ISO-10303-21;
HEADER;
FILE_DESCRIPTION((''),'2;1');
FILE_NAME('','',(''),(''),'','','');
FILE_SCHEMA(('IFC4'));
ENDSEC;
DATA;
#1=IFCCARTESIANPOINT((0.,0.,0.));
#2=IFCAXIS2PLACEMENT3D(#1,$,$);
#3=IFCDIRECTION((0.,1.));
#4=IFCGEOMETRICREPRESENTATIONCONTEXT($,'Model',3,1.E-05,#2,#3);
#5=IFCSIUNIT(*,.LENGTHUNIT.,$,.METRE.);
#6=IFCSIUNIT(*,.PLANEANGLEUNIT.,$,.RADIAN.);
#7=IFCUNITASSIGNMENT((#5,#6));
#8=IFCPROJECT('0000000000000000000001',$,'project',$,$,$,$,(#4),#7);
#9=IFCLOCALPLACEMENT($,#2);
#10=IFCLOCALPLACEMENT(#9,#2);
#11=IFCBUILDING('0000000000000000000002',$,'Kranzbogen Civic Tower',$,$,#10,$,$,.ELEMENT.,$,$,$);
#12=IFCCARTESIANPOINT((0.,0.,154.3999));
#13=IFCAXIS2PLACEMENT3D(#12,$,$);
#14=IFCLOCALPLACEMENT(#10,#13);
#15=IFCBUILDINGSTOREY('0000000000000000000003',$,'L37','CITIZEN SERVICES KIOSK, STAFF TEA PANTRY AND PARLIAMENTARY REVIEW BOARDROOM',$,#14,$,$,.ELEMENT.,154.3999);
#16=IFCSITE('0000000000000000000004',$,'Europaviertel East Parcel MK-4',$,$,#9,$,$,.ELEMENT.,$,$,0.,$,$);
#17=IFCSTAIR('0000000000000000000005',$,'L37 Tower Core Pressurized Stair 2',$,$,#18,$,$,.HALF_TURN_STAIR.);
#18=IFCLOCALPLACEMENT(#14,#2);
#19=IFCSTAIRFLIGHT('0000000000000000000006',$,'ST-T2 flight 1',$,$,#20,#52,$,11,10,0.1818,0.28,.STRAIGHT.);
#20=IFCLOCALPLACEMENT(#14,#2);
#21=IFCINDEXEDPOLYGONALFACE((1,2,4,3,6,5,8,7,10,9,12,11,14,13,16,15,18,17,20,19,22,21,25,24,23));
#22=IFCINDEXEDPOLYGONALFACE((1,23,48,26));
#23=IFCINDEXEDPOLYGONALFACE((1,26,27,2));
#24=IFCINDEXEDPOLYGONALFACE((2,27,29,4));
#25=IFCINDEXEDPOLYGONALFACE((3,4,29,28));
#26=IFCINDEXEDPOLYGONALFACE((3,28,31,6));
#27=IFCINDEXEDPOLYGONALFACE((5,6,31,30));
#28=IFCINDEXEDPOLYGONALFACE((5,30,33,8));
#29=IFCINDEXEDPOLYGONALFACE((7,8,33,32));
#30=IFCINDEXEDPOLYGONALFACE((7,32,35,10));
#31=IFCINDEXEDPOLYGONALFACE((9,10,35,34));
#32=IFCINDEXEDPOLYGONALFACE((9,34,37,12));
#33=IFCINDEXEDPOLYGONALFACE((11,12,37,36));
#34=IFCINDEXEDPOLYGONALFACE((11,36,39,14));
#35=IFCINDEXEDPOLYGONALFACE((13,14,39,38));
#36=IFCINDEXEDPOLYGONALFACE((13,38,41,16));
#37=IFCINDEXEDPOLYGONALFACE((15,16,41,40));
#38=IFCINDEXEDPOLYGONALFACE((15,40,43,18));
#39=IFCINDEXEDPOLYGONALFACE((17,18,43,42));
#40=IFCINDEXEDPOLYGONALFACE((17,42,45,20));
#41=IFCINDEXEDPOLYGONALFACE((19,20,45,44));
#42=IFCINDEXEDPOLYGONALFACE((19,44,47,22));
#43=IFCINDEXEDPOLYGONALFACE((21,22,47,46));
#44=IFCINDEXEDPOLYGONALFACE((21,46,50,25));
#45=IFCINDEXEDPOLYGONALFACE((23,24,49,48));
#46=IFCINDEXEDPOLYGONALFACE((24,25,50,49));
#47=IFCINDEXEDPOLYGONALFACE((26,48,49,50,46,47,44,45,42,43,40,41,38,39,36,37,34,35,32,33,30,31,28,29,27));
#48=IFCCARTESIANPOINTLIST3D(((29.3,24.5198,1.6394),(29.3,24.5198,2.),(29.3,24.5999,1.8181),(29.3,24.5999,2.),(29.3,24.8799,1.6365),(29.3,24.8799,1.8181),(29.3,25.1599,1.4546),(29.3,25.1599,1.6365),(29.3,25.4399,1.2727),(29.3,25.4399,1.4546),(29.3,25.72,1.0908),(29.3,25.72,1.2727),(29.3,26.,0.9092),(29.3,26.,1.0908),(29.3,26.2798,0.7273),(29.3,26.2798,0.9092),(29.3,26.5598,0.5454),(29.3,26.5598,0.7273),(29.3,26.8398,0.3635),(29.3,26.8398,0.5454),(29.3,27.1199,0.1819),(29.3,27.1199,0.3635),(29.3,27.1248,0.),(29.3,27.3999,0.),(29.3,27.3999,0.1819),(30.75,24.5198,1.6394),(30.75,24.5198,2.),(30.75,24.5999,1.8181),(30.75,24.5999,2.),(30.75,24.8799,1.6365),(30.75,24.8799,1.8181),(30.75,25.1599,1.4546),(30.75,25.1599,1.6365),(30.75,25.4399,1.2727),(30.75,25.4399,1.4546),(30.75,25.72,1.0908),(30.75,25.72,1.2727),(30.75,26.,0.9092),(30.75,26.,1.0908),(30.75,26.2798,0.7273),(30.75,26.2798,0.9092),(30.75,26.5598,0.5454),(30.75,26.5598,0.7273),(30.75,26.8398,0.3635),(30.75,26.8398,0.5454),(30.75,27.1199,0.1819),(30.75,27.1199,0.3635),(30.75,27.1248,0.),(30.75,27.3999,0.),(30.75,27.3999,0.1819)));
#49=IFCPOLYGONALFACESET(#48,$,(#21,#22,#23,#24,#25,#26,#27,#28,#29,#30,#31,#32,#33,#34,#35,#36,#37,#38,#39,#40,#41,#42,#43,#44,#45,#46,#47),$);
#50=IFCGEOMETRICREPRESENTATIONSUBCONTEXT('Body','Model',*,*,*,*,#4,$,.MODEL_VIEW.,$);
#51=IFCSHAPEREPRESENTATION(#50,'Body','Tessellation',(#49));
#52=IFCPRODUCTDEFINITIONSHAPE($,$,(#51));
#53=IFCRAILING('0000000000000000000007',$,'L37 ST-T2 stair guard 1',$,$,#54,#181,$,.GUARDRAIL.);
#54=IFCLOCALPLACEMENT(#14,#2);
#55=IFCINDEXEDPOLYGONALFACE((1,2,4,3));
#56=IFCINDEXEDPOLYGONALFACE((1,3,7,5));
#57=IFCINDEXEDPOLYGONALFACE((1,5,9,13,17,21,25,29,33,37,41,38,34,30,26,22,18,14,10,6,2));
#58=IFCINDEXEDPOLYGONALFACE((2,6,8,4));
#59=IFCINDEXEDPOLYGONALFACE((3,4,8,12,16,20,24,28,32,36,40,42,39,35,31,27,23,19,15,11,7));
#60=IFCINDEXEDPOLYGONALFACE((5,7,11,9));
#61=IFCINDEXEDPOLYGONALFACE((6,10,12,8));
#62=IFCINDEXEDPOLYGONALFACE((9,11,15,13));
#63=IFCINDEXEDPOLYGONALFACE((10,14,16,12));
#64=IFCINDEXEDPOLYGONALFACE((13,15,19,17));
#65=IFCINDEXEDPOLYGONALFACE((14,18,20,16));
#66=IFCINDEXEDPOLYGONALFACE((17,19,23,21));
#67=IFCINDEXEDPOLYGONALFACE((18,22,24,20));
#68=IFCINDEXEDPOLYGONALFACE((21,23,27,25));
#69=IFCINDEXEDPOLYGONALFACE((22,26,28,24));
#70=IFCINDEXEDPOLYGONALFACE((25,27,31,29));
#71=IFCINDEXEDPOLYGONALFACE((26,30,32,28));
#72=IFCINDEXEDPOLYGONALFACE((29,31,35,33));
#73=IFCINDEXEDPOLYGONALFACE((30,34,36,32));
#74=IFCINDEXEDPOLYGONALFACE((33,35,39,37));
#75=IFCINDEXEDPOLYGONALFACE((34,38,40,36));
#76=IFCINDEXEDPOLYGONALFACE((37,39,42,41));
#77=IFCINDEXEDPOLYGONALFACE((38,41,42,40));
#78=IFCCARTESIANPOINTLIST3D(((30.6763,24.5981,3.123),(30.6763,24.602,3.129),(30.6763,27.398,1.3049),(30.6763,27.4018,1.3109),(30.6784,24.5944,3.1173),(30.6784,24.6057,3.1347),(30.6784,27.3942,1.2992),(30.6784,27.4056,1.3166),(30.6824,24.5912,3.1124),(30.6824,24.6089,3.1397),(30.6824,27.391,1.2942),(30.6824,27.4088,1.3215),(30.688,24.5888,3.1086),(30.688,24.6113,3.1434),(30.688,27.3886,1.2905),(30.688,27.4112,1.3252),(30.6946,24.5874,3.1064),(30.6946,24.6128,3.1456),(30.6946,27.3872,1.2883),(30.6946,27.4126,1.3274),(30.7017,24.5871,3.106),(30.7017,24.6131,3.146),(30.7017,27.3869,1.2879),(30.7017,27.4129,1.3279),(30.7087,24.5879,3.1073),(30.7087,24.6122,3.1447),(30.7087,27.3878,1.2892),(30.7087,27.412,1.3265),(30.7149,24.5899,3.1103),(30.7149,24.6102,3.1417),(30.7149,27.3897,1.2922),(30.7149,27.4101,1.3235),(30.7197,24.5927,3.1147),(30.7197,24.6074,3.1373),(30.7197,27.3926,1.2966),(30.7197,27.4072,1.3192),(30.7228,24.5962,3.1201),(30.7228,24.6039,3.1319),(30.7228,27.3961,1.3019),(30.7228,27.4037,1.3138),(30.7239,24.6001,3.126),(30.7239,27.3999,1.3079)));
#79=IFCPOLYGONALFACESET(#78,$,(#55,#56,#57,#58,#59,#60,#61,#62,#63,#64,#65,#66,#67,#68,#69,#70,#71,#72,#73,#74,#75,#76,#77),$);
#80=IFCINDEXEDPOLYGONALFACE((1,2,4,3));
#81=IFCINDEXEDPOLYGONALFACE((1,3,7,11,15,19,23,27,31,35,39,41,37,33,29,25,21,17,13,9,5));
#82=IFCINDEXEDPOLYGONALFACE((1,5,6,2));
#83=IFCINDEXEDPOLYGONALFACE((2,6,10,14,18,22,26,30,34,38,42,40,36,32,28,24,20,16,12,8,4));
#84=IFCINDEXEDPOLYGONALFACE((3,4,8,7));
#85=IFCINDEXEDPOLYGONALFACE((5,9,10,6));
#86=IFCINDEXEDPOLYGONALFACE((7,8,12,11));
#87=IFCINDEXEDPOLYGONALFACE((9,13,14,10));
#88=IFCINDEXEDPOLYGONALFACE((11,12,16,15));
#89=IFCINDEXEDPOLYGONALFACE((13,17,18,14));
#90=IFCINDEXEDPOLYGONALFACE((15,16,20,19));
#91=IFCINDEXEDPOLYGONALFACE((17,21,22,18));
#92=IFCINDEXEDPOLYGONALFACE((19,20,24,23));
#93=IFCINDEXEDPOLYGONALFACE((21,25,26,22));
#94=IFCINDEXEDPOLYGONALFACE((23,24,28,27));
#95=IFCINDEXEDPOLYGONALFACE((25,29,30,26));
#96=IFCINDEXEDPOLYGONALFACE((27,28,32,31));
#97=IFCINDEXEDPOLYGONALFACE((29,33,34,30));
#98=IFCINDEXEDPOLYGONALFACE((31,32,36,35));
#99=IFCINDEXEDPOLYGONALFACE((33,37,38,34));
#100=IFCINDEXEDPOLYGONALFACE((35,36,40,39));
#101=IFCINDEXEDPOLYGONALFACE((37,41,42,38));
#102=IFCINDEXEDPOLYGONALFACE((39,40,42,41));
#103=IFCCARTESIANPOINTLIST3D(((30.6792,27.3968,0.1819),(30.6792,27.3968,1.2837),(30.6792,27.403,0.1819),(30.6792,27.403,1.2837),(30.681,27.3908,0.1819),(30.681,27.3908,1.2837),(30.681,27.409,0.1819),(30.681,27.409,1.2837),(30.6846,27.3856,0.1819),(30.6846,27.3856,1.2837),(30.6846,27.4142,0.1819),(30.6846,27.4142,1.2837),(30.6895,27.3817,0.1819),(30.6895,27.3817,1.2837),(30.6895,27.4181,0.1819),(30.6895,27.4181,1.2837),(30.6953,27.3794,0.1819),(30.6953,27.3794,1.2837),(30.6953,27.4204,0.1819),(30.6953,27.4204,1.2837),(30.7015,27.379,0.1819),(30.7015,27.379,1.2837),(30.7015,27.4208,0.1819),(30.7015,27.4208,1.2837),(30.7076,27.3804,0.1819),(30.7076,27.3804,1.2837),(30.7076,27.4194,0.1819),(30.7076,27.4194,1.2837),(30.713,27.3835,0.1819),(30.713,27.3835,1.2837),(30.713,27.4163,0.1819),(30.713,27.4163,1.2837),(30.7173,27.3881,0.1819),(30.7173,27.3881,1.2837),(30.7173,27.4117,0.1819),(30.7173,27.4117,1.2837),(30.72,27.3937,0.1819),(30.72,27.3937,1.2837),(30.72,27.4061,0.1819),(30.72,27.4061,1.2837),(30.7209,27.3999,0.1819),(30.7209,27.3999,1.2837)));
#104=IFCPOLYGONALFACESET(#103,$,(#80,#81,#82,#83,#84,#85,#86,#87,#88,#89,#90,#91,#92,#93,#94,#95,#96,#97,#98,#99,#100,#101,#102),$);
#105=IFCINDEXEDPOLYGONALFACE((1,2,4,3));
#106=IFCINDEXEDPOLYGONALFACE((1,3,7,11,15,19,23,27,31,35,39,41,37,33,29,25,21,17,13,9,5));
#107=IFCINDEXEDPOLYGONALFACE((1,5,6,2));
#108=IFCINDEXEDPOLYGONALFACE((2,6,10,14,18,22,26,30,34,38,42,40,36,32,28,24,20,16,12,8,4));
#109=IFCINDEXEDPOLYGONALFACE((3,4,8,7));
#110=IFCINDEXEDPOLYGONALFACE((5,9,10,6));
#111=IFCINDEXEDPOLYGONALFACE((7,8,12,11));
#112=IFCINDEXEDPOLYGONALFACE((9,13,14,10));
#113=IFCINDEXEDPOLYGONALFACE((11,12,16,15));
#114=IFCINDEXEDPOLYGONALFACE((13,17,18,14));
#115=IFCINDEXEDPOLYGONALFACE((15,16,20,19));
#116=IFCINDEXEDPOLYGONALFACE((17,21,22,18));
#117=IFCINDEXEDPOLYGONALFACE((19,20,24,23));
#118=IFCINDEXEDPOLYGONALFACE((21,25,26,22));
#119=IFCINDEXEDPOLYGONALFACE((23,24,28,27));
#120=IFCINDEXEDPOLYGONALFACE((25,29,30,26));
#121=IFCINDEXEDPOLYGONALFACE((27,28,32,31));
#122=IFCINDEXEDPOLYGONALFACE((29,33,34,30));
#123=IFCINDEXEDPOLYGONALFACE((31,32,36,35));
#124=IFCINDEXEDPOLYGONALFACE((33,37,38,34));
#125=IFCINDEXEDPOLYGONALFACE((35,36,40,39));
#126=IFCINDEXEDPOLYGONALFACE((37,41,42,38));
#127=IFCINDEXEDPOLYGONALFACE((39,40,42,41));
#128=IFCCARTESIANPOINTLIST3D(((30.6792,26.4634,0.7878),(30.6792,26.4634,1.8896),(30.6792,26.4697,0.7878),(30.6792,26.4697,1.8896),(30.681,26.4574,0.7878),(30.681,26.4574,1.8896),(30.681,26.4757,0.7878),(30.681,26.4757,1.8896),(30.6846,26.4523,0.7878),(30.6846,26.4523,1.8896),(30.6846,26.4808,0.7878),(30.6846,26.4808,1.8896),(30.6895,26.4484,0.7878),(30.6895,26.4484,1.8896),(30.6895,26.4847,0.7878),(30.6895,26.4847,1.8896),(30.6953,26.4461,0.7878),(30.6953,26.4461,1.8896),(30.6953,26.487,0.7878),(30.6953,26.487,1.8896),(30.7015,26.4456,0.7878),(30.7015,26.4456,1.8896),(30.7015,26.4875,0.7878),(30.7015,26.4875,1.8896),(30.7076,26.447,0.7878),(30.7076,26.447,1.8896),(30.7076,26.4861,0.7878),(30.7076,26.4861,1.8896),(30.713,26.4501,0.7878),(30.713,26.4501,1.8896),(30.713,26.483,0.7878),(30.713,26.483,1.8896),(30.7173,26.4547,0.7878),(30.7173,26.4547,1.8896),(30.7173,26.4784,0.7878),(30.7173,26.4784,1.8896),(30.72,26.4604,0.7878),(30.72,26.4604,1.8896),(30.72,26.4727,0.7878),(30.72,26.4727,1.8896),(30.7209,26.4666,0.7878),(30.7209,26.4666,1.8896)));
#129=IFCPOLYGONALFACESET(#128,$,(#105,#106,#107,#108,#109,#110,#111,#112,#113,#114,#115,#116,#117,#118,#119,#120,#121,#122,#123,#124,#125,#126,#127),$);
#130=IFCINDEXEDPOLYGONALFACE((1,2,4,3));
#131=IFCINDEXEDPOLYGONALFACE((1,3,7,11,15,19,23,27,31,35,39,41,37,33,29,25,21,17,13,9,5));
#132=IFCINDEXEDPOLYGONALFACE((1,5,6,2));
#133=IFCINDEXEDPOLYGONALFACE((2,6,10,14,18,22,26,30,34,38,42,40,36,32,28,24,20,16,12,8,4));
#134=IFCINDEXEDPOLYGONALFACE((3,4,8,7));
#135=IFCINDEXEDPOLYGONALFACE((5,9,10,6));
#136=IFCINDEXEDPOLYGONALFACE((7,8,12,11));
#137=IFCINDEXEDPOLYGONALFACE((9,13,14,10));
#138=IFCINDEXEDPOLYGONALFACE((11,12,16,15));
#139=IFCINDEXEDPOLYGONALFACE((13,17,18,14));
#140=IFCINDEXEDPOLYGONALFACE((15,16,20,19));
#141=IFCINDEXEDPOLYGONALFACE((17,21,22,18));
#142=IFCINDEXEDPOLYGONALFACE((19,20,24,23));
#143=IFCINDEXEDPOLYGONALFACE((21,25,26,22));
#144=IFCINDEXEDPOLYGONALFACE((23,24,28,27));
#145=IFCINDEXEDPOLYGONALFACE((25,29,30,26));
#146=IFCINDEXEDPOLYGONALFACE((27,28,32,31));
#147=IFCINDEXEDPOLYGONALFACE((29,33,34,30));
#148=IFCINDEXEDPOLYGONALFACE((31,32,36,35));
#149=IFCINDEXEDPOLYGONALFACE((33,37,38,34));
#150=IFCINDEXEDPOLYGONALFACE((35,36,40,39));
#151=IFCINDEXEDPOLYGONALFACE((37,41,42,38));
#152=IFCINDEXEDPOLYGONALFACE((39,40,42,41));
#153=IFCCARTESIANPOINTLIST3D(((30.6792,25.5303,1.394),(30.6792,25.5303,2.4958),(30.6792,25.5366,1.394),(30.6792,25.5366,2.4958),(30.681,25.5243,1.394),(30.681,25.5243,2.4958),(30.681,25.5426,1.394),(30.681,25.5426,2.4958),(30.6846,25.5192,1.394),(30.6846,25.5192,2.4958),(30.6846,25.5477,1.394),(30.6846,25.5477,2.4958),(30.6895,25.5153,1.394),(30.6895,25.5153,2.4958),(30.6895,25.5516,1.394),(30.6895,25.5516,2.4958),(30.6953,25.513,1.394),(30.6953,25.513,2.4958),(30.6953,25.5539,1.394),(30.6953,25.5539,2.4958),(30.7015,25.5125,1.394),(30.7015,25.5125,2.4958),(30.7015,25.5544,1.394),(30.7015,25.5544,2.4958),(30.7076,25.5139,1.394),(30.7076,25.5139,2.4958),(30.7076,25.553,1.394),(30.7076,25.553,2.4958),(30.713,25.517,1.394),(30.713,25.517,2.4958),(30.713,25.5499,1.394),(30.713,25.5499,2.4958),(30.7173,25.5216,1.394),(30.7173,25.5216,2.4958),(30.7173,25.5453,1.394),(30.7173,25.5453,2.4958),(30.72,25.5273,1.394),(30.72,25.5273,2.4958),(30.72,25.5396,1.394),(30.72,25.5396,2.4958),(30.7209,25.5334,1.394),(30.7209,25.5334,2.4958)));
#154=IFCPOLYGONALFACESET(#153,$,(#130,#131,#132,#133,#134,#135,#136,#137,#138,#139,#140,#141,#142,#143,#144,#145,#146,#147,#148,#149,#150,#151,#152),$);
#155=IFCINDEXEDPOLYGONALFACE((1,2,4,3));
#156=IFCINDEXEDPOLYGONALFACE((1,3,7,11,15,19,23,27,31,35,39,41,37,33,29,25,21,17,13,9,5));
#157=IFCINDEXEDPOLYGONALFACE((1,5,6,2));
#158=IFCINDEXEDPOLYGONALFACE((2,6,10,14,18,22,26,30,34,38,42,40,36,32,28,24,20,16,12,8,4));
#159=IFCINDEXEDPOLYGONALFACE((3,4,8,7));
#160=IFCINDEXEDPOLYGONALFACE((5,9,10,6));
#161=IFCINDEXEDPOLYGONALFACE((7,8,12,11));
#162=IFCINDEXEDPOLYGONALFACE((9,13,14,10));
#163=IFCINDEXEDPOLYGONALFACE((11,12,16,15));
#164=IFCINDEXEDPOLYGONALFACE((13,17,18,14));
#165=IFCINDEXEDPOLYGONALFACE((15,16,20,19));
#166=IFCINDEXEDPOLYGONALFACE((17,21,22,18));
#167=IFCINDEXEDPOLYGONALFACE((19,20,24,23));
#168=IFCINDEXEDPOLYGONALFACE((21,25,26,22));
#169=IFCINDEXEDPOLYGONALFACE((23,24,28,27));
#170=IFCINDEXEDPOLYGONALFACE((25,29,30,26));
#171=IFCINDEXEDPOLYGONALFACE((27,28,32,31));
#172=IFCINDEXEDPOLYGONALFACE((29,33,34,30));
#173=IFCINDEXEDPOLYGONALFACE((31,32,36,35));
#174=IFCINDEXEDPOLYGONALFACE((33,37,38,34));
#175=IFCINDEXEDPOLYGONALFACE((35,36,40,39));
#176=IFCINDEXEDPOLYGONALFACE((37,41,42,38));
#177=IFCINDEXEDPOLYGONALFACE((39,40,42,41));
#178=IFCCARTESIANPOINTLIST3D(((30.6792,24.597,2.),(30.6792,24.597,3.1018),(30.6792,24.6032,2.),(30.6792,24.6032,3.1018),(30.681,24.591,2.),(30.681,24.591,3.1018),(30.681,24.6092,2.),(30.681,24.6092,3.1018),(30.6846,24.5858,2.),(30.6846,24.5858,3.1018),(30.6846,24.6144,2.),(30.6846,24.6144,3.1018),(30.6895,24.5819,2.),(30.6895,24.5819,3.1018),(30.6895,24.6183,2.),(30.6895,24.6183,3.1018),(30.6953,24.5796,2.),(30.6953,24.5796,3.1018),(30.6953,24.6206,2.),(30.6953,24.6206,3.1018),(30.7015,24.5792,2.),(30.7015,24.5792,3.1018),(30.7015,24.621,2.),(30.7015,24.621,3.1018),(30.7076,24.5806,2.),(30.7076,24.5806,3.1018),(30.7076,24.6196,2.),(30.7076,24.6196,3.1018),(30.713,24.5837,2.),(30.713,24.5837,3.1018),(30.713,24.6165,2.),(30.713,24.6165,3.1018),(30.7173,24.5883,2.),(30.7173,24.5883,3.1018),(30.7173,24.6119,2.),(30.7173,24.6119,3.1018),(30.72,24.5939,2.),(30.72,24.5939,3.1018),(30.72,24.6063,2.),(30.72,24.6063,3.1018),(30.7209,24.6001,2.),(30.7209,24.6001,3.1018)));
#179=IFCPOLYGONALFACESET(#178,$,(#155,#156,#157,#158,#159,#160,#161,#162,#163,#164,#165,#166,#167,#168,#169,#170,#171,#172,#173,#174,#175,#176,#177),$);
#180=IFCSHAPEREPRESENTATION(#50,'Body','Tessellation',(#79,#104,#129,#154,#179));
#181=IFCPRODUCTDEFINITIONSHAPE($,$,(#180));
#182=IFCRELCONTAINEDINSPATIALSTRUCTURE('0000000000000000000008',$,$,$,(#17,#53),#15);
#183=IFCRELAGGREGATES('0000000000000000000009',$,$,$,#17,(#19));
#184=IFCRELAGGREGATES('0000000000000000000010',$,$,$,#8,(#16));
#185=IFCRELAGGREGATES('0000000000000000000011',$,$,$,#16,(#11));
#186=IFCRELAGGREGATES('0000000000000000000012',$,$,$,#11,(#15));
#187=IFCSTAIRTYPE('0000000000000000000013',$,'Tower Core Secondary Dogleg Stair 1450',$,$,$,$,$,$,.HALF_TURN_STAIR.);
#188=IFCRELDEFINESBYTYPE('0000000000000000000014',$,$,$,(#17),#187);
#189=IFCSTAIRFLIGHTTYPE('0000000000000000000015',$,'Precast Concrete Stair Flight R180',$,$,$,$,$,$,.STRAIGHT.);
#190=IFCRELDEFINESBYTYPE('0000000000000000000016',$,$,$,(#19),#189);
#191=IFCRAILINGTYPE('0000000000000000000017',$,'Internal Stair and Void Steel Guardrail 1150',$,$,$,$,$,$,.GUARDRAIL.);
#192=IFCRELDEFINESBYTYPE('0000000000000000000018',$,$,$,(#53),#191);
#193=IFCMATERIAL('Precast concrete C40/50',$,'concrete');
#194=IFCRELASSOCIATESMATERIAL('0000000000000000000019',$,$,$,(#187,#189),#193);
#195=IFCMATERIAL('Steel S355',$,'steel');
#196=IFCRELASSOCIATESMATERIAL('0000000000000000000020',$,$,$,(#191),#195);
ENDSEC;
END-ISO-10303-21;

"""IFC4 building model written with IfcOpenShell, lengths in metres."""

from ifc_helpers import new_model, si_unit, direction, frame, origin, origin_2d, place, context, subcontext, project, spatial, polyline, circle, outline, extrude, material, type_object, element, aggregate, save


model = new_model("IFC4")

# Units and contexts
model_context = context("Model", 3, precision=1e-05, world=origin(), true_north=direction((0.0, 1.0)))
body_context = subcontext(model_context, "Body", "Model", "MODEL_VIEW")
ifc_project = project(units=[si_unit("LENGTHUNIT", "METRE"), si_unit("PLANEANGLEUNIT", "RADIAN")], contexts=[model_context])

# Site, building, storey
site_placement = place(None, origin())
site = spatial("IfcSite", under=ifc_project, at=site_placement, Name="Europaviertel East Parcel MK-4", CompositionType="ELEMENT", RefElevation=0.0)
building_placement = place(site_placement, origin())
building = spatial("IfcBuilding", under=site, at=building_placement, Name="Kranzbogen Civic Tower", CompositionType="ELEMENT")
storey_placement = place(building_placement, frame((0.0, 0.0, 154.3999)))
storey = spatial("IfcBuildingStorey", under=building, at=storey_placement, Name="L37", Description="CITIZEN SERVICES KIOSK, STAFF TEA PANTRY AND PARLIAMENTARY REVIEW BOARDROOM", CompositionType="ELEMENT", Elevation=154.3999)

# Shared definitions
ifc_material_1 = material(Name="Steel S355", Category="steel")

# Stair, stair flight
ifc_material_2 = material(Name="Precast concrete C40/50", Category="concrete")
stair_type = type_object("IfcStairType", Name="Tower Core Secondary Dogleg Stair 1450", PredefinedType="HALF_TURN_STAIR", material=ifc_material_2)
stair_placement = place(storey_placement, origin())
stair = element("IfcStair", 1, at=stair_placement, inside=storey, type_object=stair_type, Name="L37 Tower Core Pressurized Stair 2", PredefinedType="HALF_TURN_STAIR")
stair_flight_type = type_object("IfcStairFlightType", Name="Precast Concrete Stair Flight R180", PredefinedType="STRAIGHT", material=ifc_material_2)
stair_flight_placement = place(storey_placement, frame((30.0249, 27.3999, 0.0), z_axis=(0.0, 0.0, 1.0), x_axis=(0.0, -1.0, 0.0)))
stair_flight = element("IfcStairFlight", 2, at=stair_flight_placement, type_object=stair_flight_type, Name="ST-T2 flight 1", NumberOfRisers=11, NumberOfTreads=10, PredefinedType="STRAIGHT", RiserHeight=0.1818, TreadLength=0.28, context=body_context, shape_type="SweptSolid", body=[
    extrude(outline(polyline([(0.0, 0.0), (0.0, 0.1819), (0.28, 0.1819), (0.28, 0.3635), (0.5601, 0.3635), (0.5601, 0.5454), (0.8401, 0.5454), (0.8401, 0.7273), (1.1201, 0.7273), (1.1201, 0.9092), (1.3999, 0.9092), (1.3999, 1.0908), (1.6799, 1.0908), (1.6799, 1.2727), (1.96, 1.2727), (1.96, 1.4546), (2.24, 1.4546), (2.24, 1.6365), (2.52, 1.6365), (2.52, 1.8181), (2.8, 1.8181), (2.8, 2.0), (2.8801, 2.0), (2.8801, 1.6394), (0.2751, 0.0), (0.0, 0.0)])), frame((0.0, 0.7251, 0.0), z_axis=(0.0, -1.0, 0.0), x_axis=(1.0, 0.0, 0.0)), (0.0, 0.0, 1.0), 1.45),
])
aggregate(stair, [stair_flight])

# Railing
railing_type_1 = type_object("IfcRailingType", Name="Internal Stair and Void Steel Guardrail 1150", PredefinedType="GUARDRAIL", material=ifc_material_1)
railing_1_placement = place(storey_placement, frame((30.7, 27.3999, 0.1819)))
element("IfcRailing", 3, at=railing_1_placement, inside=storey, type_object=railing_type_1, Name="L37 ST-T2 stair guard 1", PredefinedType="GUARDRAIL", context=body_context, shape_type="SweptSolid", body=[
    extrude(circle(Radius=0.0239, at=origin_2d()), frame((0.0, 0.0, 1.126), z_axis=(0.0, -0.838684, 0.544618), x_axis=(1.0, 0.0, 0.0)), (0.0, 0.0, 1.0), 3.3384),
    extrude(circle(Radius=0.021, at=origin_2d()), origin(), (0.0, 0.0, 1.0), 1.1018),
    extrude(circle(Radius=0.021, at=origin_2d()), frame((0.0, -0.9333, 0.606)), (0.0, 0.0, 1.0), 1.1018),
    extrude(circle(Radius=0.021, at=origin_2d()), frame((0.0, -1.8665, 1.2122)), (0.0, 0.0, 1.0), 1.1018),
    extrude(circle(Radius=0.021, at=origin_2d()), frame((0.0, -2.7998, 1.8181)), (0.0, 0.0, 1.0), 1.1018),
])

save(model, "model.ifc")
